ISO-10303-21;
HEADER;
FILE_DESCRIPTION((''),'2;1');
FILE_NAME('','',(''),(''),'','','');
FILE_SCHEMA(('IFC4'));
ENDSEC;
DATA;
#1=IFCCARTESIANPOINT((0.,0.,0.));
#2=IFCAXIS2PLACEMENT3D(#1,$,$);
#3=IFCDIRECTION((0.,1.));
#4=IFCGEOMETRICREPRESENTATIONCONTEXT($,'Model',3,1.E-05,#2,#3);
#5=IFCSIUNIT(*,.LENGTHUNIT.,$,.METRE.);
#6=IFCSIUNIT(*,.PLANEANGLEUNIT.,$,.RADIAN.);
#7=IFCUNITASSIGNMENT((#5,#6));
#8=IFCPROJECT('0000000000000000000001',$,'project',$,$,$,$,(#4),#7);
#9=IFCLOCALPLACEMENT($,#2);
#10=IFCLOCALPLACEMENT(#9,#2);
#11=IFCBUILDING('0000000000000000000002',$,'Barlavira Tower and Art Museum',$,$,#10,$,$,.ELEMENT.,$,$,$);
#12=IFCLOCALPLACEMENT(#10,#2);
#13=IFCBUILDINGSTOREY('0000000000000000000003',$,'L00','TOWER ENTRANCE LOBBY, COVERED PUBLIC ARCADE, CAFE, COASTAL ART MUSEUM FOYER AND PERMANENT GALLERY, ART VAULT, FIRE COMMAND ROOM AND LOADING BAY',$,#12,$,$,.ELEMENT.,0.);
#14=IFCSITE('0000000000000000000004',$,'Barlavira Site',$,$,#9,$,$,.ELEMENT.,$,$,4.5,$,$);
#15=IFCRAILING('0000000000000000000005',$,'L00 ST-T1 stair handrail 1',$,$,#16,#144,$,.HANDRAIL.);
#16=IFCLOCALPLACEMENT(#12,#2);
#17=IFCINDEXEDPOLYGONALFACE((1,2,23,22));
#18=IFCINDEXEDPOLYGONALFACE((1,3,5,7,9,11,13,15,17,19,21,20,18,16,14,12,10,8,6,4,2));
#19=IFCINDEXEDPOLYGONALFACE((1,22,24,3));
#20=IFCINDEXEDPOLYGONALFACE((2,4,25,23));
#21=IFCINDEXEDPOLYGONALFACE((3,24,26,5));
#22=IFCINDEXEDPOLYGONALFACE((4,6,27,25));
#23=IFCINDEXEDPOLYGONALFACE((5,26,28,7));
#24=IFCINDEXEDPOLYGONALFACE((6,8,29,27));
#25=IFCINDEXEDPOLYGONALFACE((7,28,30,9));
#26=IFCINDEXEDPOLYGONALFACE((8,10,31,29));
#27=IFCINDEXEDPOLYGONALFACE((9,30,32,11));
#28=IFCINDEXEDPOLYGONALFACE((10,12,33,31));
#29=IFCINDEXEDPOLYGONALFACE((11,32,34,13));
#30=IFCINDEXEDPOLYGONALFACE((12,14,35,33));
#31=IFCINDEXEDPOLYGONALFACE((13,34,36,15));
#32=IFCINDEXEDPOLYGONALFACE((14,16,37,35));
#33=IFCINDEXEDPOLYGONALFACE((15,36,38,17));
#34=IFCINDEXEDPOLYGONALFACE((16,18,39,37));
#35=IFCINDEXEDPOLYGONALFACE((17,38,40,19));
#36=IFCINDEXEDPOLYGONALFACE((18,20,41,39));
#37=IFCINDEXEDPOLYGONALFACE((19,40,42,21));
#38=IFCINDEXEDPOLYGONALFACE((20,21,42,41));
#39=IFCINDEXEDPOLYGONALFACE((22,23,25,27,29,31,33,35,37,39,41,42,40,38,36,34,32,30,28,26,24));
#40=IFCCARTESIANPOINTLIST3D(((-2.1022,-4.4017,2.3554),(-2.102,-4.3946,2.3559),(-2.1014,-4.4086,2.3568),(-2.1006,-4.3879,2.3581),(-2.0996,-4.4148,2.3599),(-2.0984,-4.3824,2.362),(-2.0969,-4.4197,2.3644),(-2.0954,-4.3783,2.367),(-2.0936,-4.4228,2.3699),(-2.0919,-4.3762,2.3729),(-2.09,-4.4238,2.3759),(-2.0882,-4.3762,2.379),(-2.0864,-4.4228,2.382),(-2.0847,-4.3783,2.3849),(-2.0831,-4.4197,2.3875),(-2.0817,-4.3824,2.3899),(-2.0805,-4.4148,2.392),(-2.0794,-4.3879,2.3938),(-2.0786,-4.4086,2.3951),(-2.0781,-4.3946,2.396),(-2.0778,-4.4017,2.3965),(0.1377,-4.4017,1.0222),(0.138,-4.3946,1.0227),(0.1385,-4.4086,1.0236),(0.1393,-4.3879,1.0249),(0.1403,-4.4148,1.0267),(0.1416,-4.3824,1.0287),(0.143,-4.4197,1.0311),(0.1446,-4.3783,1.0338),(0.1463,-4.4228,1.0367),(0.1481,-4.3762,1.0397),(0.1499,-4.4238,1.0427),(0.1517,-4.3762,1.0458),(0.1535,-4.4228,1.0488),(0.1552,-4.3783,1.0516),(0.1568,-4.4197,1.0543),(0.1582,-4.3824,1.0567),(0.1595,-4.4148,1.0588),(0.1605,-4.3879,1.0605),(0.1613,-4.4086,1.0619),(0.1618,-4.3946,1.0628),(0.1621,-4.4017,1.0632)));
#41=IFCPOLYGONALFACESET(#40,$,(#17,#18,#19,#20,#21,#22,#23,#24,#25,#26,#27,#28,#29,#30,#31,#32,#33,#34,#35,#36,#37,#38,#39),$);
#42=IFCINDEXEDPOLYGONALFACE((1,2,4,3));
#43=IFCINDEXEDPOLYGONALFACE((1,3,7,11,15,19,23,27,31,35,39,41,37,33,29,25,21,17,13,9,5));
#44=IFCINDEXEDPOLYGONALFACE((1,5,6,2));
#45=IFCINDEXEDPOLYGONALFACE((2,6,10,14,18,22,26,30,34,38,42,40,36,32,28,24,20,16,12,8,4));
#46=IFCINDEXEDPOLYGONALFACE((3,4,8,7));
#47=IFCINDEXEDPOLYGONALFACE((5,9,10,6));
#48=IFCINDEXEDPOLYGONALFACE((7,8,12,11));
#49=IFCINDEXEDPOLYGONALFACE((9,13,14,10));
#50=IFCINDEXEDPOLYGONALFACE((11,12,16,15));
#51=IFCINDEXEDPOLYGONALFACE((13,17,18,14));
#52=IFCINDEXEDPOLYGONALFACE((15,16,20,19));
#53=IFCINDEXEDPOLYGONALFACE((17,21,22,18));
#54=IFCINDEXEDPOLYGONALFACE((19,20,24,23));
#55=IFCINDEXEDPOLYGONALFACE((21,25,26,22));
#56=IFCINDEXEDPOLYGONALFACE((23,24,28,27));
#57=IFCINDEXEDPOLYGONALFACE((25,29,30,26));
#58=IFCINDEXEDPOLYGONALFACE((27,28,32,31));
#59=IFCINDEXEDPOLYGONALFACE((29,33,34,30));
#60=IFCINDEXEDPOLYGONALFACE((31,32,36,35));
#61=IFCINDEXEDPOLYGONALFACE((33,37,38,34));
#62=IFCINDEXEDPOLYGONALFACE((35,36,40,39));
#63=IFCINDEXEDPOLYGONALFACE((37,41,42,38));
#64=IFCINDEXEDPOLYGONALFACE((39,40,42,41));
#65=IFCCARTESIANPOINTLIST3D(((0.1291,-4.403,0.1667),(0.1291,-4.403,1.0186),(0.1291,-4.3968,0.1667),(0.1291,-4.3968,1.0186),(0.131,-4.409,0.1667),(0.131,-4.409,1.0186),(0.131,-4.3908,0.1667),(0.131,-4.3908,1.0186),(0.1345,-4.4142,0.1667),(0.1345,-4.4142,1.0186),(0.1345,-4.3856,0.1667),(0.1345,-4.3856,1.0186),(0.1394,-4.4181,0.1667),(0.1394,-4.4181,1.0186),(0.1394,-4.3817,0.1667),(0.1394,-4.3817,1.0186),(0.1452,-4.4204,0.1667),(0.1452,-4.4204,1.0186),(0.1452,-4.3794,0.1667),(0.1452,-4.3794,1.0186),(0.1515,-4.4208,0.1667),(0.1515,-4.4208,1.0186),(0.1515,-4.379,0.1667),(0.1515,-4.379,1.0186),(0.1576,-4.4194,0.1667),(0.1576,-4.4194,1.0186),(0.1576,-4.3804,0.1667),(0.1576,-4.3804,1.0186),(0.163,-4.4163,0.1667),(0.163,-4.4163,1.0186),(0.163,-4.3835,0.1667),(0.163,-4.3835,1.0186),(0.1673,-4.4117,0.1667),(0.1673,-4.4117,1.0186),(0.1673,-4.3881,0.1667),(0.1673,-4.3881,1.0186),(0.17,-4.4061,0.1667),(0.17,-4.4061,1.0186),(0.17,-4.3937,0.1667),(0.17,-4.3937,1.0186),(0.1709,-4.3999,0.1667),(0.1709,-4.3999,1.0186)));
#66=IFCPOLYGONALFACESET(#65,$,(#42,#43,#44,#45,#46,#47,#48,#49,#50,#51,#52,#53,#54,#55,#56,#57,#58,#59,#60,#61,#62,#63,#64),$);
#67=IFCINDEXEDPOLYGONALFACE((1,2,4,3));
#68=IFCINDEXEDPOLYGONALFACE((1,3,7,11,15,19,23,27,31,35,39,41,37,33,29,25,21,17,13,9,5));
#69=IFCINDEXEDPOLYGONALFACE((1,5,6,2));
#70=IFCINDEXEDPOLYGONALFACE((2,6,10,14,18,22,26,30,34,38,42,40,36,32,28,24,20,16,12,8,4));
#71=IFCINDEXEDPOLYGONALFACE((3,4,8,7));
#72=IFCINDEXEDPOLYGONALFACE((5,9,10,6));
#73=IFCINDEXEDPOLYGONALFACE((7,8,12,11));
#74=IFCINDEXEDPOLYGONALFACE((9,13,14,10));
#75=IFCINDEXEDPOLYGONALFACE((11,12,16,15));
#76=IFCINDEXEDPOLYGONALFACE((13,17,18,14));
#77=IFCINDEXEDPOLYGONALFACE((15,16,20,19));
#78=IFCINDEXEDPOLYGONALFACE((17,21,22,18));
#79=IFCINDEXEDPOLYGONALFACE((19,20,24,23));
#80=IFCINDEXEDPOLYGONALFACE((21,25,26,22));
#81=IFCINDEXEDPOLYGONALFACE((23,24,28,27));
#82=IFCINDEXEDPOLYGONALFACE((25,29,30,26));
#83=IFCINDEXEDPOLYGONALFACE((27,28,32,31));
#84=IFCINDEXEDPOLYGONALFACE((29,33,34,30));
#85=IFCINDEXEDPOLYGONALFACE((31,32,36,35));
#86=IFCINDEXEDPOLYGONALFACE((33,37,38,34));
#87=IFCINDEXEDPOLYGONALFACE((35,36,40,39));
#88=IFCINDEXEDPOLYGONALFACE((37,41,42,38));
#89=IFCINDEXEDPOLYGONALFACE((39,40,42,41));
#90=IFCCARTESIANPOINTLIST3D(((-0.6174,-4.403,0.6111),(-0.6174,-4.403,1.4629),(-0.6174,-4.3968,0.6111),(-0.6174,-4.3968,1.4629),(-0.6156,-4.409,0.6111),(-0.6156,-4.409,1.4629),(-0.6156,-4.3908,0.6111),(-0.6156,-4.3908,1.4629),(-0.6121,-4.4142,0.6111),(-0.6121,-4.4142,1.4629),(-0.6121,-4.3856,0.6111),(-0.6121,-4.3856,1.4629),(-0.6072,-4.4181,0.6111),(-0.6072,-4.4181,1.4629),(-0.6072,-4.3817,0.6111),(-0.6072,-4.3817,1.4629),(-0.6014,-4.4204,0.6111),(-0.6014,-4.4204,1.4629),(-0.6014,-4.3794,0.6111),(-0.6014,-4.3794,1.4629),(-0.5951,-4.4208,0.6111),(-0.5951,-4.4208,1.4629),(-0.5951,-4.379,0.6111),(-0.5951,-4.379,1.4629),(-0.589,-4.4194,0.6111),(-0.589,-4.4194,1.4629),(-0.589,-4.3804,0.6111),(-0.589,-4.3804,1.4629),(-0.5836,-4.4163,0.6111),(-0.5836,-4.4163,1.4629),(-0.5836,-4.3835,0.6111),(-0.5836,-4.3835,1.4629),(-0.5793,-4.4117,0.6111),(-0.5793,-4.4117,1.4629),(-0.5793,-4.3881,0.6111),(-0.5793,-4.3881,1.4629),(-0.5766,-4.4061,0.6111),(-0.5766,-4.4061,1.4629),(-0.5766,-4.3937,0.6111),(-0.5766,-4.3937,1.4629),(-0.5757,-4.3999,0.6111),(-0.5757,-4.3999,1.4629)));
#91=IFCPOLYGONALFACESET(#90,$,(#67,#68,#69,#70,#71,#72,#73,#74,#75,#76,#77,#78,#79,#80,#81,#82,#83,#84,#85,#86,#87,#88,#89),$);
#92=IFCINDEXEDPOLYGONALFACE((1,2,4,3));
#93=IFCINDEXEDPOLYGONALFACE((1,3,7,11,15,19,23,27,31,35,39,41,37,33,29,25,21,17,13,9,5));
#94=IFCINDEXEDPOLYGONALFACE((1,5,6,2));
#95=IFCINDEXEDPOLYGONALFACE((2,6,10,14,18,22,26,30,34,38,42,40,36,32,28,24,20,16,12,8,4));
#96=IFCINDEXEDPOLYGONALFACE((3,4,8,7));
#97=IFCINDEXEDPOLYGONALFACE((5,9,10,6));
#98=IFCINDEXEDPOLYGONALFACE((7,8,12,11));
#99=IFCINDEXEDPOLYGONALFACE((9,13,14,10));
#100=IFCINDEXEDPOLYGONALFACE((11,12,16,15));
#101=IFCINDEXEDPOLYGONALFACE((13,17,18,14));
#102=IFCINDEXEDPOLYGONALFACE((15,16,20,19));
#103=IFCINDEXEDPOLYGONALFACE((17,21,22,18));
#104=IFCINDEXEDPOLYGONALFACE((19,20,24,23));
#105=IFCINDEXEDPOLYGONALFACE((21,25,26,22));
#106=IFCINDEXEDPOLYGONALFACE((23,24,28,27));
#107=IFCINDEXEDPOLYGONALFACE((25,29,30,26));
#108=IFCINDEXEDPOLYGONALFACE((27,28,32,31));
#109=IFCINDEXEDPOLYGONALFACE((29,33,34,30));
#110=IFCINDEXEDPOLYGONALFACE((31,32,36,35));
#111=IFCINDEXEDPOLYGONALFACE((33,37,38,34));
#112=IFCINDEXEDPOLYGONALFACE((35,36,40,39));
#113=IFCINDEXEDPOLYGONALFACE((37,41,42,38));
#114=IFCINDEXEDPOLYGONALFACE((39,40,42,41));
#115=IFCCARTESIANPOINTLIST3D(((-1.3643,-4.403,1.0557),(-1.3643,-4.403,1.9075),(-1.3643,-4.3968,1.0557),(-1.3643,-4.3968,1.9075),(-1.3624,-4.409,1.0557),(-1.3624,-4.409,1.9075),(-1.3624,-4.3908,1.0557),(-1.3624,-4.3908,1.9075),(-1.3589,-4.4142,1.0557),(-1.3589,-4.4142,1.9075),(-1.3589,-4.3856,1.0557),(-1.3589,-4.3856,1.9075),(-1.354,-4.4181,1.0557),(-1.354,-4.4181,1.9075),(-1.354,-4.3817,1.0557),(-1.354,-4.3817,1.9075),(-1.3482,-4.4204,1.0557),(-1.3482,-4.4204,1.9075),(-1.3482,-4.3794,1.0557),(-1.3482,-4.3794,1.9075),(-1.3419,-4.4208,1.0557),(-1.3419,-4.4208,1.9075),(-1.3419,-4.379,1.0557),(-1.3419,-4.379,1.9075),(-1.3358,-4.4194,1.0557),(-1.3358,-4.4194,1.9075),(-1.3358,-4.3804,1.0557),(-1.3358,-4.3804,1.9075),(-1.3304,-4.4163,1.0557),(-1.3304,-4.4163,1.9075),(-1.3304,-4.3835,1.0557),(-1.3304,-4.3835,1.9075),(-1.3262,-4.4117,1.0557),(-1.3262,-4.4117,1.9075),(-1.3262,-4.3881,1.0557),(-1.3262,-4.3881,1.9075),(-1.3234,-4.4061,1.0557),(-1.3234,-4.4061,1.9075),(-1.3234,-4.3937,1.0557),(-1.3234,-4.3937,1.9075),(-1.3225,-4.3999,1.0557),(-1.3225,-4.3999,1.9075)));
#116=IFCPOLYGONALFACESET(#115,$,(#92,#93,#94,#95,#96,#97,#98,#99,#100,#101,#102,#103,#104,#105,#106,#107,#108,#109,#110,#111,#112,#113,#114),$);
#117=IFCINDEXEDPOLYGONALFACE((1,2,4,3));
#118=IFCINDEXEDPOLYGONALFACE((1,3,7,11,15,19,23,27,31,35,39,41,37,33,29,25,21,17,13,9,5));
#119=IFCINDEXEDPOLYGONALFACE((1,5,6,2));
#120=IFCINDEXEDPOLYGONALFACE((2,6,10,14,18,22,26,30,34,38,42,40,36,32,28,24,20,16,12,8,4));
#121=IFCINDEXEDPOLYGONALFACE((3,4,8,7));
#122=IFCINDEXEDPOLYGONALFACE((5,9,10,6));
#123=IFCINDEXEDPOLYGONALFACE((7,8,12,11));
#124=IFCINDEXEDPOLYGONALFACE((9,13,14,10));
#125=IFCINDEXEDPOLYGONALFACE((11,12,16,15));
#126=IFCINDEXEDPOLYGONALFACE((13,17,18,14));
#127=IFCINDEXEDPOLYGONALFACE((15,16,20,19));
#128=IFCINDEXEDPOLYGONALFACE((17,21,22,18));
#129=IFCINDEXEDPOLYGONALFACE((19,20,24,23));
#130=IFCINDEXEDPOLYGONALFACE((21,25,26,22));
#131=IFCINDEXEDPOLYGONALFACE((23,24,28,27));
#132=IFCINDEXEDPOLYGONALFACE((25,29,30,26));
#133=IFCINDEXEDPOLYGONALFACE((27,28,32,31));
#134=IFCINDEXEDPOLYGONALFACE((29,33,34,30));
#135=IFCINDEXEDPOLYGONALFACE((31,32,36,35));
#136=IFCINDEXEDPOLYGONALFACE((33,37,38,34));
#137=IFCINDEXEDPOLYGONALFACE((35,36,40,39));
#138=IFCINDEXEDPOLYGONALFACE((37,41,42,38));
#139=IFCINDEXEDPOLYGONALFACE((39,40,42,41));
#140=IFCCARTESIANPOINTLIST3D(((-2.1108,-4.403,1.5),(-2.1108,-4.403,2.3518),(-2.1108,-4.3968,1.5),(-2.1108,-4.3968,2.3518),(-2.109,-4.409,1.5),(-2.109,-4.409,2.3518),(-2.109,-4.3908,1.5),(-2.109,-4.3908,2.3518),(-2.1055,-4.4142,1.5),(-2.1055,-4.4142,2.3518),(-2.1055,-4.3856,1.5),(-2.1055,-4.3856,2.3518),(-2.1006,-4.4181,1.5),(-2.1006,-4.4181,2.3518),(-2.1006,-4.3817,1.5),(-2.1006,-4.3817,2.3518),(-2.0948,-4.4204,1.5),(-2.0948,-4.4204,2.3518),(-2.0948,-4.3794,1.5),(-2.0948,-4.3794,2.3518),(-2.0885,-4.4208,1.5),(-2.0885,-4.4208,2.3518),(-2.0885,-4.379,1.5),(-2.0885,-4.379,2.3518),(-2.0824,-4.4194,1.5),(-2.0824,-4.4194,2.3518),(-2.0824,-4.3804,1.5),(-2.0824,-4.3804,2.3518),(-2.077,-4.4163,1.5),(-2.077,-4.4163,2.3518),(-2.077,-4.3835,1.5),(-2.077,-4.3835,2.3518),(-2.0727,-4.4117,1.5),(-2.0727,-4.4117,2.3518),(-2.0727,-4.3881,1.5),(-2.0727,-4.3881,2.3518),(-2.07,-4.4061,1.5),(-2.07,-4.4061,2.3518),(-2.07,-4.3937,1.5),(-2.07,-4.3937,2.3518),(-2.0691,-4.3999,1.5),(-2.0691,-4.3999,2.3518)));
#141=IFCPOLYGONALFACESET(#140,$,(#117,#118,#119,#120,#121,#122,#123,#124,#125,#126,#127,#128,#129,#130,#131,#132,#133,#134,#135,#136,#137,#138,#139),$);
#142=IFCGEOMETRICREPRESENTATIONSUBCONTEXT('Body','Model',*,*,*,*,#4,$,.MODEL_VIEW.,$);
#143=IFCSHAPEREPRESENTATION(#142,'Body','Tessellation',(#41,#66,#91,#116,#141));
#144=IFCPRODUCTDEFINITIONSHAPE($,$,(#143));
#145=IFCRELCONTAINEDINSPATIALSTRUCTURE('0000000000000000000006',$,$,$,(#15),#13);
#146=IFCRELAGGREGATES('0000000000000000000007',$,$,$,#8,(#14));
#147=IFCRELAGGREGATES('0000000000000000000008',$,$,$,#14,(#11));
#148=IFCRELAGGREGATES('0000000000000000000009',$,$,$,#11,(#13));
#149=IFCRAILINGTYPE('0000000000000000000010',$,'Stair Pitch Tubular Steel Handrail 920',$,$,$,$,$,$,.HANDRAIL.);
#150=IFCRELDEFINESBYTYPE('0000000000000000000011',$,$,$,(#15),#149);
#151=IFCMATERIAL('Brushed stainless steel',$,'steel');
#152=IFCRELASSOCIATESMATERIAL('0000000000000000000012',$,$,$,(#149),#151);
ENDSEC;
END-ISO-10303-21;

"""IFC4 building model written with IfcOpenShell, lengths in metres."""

from ifc_helpers import new_model, si_unit, direction, frame, origin, origin_2d, place, context, subcontext, project, spatial, circle, extrude, material, type_object, element, save


model = new_model("IFC4")

# Units and contexts
model_context = context("Model", 3, precision=1e-05, world=origin(), true_north=direction((0.0, 1.0)))
body_context = subcontext(model_context, "Body", "Model", "MODEL_VIEW")
ifc_project = project(units=[si_unit("LENGTHUNIT", "METRE"), si_unit("PLANEANGLEUNIT", "RADIAN")], contexts=[model_context])

# Site, building, storey
site_placement = place(None, origin())
site = spatial("IfcSite", under=ifc_project, at=site_placement, Name="Barlavira Site", CompositionType="ELEMENT", RefElevation=4.5)
building_placement = place(site_placement, origin())
building = spatial("IfcBuilding", under=site, at=building_placement, Name="Barlavira Tower and Art Museum", CompositionType="ELEMENT")
storey_placement = place(building_placement, origin())
storey = spatial("IfcBuildingStorey", under=building, at=storey_placement, Name="L00", Description="TOWER ENTRANCE LOBBY, COVERED PUBLIC ARCADE, CAFE, COASTAL ART MUSEUM FOYER AND PERMANENT GALLERY, ART VAULT, FIRE COMMAND ROOM AND LOADING BAY", CompositionType="ELEMENT", Elevation=0.0)

# Shared definitions
ifc_material_1 = material(Name="Brushed stainless steel", Category="steel")

# Railing
railing_type_1 = type_object("IfcRailingType", Name="Stair Pitch Tubular Steel Handrail 920", PredefinedType="HANDRAIL", material=ifc_material_1)
for number, where, name in (
    (1, (0.1499, -4.3999, 0.1667), "L00 ST-T1 stair handrail 1"),
):
    element("IfcRailing", number, at=place(storey_placement, frame(where)), inside=storey, type_object=railing_type_1, Name=name, PredefinedType="HANDRAIL", context=body_context, shape_type="SweptSolid", body=[
        extrude(circle(Radius=0.0239, at=origin_2d()), frame((0.0, 0.0, 0.876), z_axis=(-0.859306, 0.0, 0.511462), x_axis=(0.0, -1.0, 0.0)), (0.0, 0.0, 1.0), 2.6067),
        extrude(circle(Radius=0.021, at=origin_2d()), origin(), (0.0, 0.0, 1.0), 0.8518),
        extrude(circle(Radius=0.021, at=origin_2d()), frame((-0.7466, 0.0, 0.4443)), (0.0, 0.0, 1.0), 0.8518),
        extrude(circle(Radius=0.021, at=origin_2d()), frame((-1.4934, 0.0, 0.8889)), (0.0, 0.0, 1.0), 0.8518),
        extrude(circle(Radius=0.021, at=origin_2d()), frame((-2.24, 0.0, 1.3333)), (0.0, 0.0, 1.0), 0.8518),
    ])

save(model, "model.ifc")
